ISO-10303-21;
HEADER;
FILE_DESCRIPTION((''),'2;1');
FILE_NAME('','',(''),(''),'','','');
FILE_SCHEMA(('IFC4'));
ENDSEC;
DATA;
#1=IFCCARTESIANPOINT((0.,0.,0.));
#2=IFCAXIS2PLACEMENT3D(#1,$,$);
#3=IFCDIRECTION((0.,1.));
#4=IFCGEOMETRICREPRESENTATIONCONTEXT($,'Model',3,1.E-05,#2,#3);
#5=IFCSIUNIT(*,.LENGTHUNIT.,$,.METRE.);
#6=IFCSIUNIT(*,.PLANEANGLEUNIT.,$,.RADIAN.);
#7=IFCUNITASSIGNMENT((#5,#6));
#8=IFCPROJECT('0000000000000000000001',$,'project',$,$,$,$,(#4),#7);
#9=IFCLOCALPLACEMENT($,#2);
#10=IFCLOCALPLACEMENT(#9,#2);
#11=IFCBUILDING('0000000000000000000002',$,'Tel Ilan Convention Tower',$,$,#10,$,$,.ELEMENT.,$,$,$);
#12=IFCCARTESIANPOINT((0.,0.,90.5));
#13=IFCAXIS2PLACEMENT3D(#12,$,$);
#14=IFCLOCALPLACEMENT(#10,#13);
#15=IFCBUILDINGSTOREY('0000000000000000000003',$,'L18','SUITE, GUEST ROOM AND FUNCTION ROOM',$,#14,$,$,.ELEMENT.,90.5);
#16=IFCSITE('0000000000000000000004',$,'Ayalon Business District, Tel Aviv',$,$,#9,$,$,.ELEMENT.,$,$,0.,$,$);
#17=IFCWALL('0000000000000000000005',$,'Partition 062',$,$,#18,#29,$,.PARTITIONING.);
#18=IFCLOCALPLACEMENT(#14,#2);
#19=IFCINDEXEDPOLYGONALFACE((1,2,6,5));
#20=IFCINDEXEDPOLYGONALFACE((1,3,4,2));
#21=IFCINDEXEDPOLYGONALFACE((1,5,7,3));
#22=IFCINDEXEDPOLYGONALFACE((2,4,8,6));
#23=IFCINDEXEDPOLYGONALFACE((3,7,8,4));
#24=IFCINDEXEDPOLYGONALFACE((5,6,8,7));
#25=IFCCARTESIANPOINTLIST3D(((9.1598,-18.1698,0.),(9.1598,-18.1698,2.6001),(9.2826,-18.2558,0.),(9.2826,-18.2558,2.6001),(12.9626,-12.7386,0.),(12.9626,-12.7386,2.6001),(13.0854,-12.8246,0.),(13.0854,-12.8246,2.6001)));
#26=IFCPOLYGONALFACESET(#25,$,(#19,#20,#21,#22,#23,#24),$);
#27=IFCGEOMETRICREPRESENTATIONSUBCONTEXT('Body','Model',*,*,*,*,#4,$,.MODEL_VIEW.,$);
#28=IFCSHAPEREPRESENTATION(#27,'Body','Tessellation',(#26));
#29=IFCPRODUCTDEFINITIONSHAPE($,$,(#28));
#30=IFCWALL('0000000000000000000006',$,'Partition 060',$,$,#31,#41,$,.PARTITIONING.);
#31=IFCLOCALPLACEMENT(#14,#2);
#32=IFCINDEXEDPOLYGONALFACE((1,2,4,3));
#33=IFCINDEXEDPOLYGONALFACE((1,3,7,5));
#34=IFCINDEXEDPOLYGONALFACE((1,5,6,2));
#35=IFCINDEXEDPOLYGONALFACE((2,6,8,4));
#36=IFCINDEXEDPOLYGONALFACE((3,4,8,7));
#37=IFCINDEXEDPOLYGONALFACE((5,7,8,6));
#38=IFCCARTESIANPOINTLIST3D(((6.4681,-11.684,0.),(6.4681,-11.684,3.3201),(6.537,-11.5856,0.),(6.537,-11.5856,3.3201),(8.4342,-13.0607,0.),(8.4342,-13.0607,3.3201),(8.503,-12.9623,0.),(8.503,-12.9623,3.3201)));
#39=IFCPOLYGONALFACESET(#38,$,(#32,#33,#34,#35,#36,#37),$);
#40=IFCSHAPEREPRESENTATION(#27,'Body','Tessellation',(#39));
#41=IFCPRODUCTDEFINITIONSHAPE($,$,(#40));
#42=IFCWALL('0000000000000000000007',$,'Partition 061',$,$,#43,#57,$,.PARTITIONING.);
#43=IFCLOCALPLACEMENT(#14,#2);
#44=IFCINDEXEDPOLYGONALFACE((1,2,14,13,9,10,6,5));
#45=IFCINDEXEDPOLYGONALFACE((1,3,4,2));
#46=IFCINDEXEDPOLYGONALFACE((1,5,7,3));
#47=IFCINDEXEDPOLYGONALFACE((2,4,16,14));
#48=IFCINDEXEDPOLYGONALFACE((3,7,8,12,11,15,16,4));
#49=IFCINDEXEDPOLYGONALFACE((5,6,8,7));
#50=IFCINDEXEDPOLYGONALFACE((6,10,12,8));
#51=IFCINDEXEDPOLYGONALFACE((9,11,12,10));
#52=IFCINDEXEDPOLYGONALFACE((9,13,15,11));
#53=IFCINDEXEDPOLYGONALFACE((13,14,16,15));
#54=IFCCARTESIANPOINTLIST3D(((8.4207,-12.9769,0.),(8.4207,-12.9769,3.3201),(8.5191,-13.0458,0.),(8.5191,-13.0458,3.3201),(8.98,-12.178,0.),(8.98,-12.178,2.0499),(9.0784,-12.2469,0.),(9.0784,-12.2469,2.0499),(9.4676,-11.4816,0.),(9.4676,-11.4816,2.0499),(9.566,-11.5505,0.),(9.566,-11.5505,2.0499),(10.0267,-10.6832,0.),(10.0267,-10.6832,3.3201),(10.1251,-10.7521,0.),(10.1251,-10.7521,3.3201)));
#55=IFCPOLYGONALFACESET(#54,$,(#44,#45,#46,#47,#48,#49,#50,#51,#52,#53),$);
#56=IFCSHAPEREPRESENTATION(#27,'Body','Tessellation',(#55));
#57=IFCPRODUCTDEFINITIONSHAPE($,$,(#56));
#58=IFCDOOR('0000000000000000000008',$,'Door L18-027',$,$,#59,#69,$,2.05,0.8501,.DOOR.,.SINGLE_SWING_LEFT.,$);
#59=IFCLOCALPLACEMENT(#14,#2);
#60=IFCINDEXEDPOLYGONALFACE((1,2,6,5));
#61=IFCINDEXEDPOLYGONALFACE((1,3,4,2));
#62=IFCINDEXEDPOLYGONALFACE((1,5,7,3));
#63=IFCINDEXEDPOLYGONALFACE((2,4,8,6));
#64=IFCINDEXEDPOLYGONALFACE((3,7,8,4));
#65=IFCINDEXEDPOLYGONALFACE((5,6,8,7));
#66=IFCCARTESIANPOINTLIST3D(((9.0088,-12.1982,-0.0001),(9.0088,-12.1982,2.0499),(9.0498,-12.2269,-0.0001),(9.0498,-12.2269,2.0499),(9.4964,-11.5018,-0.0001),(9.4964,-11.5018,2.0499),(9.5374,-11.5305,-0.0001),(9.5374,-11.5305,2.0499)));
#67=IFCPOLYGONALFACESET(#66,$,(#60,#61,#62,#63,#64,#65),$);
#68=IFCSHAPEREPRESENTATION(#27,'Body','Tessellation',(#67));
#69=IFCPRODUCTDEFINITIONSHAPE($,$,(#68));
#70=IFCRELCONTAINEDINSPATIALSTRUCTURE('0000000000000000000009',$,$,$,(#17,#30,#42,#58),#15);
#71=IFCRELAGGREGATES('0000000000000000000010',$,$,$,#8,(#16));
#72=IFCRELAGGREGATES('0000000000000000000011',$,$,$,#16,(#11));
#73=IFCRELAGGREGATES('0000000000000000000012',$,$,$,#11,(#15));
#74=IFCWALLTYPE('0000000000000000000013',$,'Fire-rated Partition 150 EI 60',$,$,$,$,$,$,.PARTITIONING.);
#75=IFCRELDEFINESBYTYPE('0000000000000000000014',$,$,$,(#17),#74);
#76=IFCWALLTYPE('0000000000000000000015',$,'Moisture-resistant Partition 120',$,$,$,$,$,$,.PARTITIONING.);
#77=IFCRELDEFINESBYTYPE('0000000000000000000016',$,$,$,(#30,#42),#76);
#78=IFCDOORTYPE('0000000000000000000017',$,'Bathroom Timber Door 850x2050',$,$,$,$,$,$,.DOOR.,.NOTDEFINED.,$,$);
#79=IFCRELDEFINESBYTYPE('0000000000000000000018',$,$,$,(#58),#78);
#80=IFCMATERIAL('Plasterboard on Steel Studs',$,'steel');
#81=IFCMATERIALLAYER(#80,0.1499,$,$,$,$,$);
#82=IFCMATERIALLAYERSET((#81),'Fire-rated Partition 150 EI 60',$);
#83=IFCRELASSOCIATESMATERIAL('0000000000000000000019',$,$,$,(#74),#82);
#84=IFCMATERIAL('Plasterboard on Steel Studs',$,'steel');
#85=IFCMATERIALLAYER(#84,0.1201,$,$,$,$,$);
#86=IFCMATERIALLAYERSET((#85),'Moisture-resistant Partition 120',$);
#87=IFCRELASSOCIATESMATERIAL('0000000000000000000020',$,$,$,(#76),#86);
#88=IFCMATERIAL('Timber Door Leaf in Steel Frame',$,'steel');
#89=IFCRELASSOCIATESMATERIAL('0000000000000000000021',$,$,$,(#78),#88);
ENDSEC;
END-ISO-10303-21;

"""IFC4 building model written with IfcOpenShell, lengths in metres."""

from ifc_helpers import new_model, si_unit, direction, frame, frame_2d, origin, place, context, subcontext, project, spatial, rectangle, extrude, material, layer, layer_set, type_object, element, fill, save


model = new_model("IFC4")

# Units and contexts
model_context = context("Model", 3, precision=1e-05, world=origin(), true_north=direction((0.0, 1.0)))
body_context = subcontext(model_context, "Body", "Model", "MODEL_VIEW")
ifc_project = project(units=[si_unit("LENGTHUNIT", "METRE"), si_unit("PLANEANGLEUNIT", "RADIAN")], contexts=[model_context])

# Site, building, storey
site_placement = place(None, origin())
site = spatial("IfcSite", under=ifc_project, at=site_placement, Name="Ayalon Business District, Tel Aviv", CompositionType="ELEMENT", RefElevation=0.0)
building_placement = place(site_placement, origin())
building = spatial("IfcBuilding", under=site, at=building_placement, Name="Tel Ilan Convention Tower", CompositionType="ELEMENT")
storey_placement = place(building_placement, frame((0.0, 0.0, 90.5)))
storey = spatial("IfcBuildingStorey", under=building, at=storey_placement, Name="L18", Description="SUITE, GUEST ROOM AND FUNCTION ROOM", CompositionType="ELEMENT", Elevation=90.5)

# Shared definitions
ifc_material_1 = material(Name="Plasterboard on Steel Studs", Category="steel")
ifc_layer_1 = layer(ifc_material_1, 0.1499)
ifc_layer_set_1 = layer_set([ifc_layer_1], Name="Fire-rated Partition 150 EI 60")
wall_type_1 = type_object("IfcWallType", Name="Fire-rated Partition 150 EI 60", PredefinedType="PARTITIONING", material=ifc_layer_set_1)

# Walls
wall_1_placement = place(storey_placement, frame((13.0239, -12.7817, 0.0), z_axis=(0.0, 0.0, 1.0), x_axis=(-0.573556, -0.819166, 0.0)))
element("IfcWall", 1, at=wall_1_placement, inside=storey, type_object=wall_type_1, Name="Partition 062", PredefinedType="PARTITIONING", context=body_context, shape_type="SweptSolid", body=[
    extrude(rectangle(XDim=6.6301, YDim=0.1499, at=frame_2d((3.3149, 0.0))), origin(), (0.0, 0.0, 1.0), 2.6001),
])
ifc_material_2 = material(Name="Plasterboard on Steel Studs", Category="steel")
ifc_layer_2 = layer(ifc_material_2, 0.1201)
ifc_layer_set_2 = layer_set([ifc_layer_2], Name="Moisture-resistant Partition 120")
wall_type_2 = type_object("IfcWallType", Name="Moisture-resistant Partition 120", PredefinedType="PARTITIONING", material=ifc_layer_set_2)
wall_2_placement = place(storey_placement, frame((6.5024, -11.6348, 0.0), z_axis=(0.0, 0.0, 1.0), x_axis=(0.819141, -0.573592, 0.0)))
element("IfcWall", 2, at=wall_2_placement, inside=storey, type_object=wall_type_2, Name="Partition 060", PredefinedType="PARTITIONING", context=body_context, shape_type="SweptSolid", body=[
    extrude(rectangle(XDim=2.4001, YDim=0.1201, at=frame_2d((1.2002, 0.0))), origin(), (0.0, 0.0, 1.0), 3.3201),
])

# Wall, opening, door
wall_3_placement = place(storey_placement, frame((8.47, -13.0112, 0.0), z_axis=(0.0, 0.0, 1.0), x_axis=(0.57355, 0.81917, 0.0)))
wall_3 = element("IfcWall", 3, at=wall_3_placement, inside=storey, type_object=wall_type_2, Name="Partition 061", PredefinedType="PARTITIONING", context=body_context, shape_type="SweptSolid", body=[
    extrude(rectangle(XDim=2.8, YDim=0.1201, at=frame_2d((1.3999, 0.0))), origin(), (0.0, 0.0, 1.0), 3.3201),
])
opening_1_placement = place(wall_3_placement, frame((0.9751, 0.0, 0.0)))
opening_1 = element("IfcOpeningElement", 4, at=opening_1_placement, cuts=wall_3, PredefinedType="OPENING", context=body_context, shape_type="SweptSolid", body=[
    extrude(rectangle(XDim=0.8501, YDim=2.05, at=frame_2d((0.425, 1.0249))), frame((0.0, 0.0701, 0.0), z_axis=(0.0, -1.0, 0.0), x_axis=(1.0, 0.0, 0.0)), (0.0, 0.0, 1.0), 0.1401),
])
ifc_material_3 = material(Name="Timber Door Leaf in Steel Frame", Category="steel")
door_type_1 = type_object("IfcDoorType", Name="Bathroom Timber Door 850x2050", OperationType="NOTDEFINED", PredefinedType="DOOR", material=ifc_material_3)
door_1_placement = place(opening_1_placement, origin())
door_1 = element("IfcDoor", 5, at=door_1_placement, inside=storey, type_object=door_type_1, Name="Door L18-027", OperationType="SINGLE_SWING_LEFT", OverallHeight=2.05, OverallWidth=0.8501, PredefinedType="DOOR", context=body_context, shape_type="SweptSolid", body=[
    extrude(rectangle(XDim=0.8501, YDim=2.05, at=frame_2d((0.425, 1.0249))), frame((0.0, 0.0249, 0.0), z_axis=(0.0, -1.0, 0.0), x_axis=(1.0, 0.0, 0.0)), (0.0, 0.0, 1.0), 0.05),
])
fill(opening_1, door_1)

save(model, "model.ifc")
